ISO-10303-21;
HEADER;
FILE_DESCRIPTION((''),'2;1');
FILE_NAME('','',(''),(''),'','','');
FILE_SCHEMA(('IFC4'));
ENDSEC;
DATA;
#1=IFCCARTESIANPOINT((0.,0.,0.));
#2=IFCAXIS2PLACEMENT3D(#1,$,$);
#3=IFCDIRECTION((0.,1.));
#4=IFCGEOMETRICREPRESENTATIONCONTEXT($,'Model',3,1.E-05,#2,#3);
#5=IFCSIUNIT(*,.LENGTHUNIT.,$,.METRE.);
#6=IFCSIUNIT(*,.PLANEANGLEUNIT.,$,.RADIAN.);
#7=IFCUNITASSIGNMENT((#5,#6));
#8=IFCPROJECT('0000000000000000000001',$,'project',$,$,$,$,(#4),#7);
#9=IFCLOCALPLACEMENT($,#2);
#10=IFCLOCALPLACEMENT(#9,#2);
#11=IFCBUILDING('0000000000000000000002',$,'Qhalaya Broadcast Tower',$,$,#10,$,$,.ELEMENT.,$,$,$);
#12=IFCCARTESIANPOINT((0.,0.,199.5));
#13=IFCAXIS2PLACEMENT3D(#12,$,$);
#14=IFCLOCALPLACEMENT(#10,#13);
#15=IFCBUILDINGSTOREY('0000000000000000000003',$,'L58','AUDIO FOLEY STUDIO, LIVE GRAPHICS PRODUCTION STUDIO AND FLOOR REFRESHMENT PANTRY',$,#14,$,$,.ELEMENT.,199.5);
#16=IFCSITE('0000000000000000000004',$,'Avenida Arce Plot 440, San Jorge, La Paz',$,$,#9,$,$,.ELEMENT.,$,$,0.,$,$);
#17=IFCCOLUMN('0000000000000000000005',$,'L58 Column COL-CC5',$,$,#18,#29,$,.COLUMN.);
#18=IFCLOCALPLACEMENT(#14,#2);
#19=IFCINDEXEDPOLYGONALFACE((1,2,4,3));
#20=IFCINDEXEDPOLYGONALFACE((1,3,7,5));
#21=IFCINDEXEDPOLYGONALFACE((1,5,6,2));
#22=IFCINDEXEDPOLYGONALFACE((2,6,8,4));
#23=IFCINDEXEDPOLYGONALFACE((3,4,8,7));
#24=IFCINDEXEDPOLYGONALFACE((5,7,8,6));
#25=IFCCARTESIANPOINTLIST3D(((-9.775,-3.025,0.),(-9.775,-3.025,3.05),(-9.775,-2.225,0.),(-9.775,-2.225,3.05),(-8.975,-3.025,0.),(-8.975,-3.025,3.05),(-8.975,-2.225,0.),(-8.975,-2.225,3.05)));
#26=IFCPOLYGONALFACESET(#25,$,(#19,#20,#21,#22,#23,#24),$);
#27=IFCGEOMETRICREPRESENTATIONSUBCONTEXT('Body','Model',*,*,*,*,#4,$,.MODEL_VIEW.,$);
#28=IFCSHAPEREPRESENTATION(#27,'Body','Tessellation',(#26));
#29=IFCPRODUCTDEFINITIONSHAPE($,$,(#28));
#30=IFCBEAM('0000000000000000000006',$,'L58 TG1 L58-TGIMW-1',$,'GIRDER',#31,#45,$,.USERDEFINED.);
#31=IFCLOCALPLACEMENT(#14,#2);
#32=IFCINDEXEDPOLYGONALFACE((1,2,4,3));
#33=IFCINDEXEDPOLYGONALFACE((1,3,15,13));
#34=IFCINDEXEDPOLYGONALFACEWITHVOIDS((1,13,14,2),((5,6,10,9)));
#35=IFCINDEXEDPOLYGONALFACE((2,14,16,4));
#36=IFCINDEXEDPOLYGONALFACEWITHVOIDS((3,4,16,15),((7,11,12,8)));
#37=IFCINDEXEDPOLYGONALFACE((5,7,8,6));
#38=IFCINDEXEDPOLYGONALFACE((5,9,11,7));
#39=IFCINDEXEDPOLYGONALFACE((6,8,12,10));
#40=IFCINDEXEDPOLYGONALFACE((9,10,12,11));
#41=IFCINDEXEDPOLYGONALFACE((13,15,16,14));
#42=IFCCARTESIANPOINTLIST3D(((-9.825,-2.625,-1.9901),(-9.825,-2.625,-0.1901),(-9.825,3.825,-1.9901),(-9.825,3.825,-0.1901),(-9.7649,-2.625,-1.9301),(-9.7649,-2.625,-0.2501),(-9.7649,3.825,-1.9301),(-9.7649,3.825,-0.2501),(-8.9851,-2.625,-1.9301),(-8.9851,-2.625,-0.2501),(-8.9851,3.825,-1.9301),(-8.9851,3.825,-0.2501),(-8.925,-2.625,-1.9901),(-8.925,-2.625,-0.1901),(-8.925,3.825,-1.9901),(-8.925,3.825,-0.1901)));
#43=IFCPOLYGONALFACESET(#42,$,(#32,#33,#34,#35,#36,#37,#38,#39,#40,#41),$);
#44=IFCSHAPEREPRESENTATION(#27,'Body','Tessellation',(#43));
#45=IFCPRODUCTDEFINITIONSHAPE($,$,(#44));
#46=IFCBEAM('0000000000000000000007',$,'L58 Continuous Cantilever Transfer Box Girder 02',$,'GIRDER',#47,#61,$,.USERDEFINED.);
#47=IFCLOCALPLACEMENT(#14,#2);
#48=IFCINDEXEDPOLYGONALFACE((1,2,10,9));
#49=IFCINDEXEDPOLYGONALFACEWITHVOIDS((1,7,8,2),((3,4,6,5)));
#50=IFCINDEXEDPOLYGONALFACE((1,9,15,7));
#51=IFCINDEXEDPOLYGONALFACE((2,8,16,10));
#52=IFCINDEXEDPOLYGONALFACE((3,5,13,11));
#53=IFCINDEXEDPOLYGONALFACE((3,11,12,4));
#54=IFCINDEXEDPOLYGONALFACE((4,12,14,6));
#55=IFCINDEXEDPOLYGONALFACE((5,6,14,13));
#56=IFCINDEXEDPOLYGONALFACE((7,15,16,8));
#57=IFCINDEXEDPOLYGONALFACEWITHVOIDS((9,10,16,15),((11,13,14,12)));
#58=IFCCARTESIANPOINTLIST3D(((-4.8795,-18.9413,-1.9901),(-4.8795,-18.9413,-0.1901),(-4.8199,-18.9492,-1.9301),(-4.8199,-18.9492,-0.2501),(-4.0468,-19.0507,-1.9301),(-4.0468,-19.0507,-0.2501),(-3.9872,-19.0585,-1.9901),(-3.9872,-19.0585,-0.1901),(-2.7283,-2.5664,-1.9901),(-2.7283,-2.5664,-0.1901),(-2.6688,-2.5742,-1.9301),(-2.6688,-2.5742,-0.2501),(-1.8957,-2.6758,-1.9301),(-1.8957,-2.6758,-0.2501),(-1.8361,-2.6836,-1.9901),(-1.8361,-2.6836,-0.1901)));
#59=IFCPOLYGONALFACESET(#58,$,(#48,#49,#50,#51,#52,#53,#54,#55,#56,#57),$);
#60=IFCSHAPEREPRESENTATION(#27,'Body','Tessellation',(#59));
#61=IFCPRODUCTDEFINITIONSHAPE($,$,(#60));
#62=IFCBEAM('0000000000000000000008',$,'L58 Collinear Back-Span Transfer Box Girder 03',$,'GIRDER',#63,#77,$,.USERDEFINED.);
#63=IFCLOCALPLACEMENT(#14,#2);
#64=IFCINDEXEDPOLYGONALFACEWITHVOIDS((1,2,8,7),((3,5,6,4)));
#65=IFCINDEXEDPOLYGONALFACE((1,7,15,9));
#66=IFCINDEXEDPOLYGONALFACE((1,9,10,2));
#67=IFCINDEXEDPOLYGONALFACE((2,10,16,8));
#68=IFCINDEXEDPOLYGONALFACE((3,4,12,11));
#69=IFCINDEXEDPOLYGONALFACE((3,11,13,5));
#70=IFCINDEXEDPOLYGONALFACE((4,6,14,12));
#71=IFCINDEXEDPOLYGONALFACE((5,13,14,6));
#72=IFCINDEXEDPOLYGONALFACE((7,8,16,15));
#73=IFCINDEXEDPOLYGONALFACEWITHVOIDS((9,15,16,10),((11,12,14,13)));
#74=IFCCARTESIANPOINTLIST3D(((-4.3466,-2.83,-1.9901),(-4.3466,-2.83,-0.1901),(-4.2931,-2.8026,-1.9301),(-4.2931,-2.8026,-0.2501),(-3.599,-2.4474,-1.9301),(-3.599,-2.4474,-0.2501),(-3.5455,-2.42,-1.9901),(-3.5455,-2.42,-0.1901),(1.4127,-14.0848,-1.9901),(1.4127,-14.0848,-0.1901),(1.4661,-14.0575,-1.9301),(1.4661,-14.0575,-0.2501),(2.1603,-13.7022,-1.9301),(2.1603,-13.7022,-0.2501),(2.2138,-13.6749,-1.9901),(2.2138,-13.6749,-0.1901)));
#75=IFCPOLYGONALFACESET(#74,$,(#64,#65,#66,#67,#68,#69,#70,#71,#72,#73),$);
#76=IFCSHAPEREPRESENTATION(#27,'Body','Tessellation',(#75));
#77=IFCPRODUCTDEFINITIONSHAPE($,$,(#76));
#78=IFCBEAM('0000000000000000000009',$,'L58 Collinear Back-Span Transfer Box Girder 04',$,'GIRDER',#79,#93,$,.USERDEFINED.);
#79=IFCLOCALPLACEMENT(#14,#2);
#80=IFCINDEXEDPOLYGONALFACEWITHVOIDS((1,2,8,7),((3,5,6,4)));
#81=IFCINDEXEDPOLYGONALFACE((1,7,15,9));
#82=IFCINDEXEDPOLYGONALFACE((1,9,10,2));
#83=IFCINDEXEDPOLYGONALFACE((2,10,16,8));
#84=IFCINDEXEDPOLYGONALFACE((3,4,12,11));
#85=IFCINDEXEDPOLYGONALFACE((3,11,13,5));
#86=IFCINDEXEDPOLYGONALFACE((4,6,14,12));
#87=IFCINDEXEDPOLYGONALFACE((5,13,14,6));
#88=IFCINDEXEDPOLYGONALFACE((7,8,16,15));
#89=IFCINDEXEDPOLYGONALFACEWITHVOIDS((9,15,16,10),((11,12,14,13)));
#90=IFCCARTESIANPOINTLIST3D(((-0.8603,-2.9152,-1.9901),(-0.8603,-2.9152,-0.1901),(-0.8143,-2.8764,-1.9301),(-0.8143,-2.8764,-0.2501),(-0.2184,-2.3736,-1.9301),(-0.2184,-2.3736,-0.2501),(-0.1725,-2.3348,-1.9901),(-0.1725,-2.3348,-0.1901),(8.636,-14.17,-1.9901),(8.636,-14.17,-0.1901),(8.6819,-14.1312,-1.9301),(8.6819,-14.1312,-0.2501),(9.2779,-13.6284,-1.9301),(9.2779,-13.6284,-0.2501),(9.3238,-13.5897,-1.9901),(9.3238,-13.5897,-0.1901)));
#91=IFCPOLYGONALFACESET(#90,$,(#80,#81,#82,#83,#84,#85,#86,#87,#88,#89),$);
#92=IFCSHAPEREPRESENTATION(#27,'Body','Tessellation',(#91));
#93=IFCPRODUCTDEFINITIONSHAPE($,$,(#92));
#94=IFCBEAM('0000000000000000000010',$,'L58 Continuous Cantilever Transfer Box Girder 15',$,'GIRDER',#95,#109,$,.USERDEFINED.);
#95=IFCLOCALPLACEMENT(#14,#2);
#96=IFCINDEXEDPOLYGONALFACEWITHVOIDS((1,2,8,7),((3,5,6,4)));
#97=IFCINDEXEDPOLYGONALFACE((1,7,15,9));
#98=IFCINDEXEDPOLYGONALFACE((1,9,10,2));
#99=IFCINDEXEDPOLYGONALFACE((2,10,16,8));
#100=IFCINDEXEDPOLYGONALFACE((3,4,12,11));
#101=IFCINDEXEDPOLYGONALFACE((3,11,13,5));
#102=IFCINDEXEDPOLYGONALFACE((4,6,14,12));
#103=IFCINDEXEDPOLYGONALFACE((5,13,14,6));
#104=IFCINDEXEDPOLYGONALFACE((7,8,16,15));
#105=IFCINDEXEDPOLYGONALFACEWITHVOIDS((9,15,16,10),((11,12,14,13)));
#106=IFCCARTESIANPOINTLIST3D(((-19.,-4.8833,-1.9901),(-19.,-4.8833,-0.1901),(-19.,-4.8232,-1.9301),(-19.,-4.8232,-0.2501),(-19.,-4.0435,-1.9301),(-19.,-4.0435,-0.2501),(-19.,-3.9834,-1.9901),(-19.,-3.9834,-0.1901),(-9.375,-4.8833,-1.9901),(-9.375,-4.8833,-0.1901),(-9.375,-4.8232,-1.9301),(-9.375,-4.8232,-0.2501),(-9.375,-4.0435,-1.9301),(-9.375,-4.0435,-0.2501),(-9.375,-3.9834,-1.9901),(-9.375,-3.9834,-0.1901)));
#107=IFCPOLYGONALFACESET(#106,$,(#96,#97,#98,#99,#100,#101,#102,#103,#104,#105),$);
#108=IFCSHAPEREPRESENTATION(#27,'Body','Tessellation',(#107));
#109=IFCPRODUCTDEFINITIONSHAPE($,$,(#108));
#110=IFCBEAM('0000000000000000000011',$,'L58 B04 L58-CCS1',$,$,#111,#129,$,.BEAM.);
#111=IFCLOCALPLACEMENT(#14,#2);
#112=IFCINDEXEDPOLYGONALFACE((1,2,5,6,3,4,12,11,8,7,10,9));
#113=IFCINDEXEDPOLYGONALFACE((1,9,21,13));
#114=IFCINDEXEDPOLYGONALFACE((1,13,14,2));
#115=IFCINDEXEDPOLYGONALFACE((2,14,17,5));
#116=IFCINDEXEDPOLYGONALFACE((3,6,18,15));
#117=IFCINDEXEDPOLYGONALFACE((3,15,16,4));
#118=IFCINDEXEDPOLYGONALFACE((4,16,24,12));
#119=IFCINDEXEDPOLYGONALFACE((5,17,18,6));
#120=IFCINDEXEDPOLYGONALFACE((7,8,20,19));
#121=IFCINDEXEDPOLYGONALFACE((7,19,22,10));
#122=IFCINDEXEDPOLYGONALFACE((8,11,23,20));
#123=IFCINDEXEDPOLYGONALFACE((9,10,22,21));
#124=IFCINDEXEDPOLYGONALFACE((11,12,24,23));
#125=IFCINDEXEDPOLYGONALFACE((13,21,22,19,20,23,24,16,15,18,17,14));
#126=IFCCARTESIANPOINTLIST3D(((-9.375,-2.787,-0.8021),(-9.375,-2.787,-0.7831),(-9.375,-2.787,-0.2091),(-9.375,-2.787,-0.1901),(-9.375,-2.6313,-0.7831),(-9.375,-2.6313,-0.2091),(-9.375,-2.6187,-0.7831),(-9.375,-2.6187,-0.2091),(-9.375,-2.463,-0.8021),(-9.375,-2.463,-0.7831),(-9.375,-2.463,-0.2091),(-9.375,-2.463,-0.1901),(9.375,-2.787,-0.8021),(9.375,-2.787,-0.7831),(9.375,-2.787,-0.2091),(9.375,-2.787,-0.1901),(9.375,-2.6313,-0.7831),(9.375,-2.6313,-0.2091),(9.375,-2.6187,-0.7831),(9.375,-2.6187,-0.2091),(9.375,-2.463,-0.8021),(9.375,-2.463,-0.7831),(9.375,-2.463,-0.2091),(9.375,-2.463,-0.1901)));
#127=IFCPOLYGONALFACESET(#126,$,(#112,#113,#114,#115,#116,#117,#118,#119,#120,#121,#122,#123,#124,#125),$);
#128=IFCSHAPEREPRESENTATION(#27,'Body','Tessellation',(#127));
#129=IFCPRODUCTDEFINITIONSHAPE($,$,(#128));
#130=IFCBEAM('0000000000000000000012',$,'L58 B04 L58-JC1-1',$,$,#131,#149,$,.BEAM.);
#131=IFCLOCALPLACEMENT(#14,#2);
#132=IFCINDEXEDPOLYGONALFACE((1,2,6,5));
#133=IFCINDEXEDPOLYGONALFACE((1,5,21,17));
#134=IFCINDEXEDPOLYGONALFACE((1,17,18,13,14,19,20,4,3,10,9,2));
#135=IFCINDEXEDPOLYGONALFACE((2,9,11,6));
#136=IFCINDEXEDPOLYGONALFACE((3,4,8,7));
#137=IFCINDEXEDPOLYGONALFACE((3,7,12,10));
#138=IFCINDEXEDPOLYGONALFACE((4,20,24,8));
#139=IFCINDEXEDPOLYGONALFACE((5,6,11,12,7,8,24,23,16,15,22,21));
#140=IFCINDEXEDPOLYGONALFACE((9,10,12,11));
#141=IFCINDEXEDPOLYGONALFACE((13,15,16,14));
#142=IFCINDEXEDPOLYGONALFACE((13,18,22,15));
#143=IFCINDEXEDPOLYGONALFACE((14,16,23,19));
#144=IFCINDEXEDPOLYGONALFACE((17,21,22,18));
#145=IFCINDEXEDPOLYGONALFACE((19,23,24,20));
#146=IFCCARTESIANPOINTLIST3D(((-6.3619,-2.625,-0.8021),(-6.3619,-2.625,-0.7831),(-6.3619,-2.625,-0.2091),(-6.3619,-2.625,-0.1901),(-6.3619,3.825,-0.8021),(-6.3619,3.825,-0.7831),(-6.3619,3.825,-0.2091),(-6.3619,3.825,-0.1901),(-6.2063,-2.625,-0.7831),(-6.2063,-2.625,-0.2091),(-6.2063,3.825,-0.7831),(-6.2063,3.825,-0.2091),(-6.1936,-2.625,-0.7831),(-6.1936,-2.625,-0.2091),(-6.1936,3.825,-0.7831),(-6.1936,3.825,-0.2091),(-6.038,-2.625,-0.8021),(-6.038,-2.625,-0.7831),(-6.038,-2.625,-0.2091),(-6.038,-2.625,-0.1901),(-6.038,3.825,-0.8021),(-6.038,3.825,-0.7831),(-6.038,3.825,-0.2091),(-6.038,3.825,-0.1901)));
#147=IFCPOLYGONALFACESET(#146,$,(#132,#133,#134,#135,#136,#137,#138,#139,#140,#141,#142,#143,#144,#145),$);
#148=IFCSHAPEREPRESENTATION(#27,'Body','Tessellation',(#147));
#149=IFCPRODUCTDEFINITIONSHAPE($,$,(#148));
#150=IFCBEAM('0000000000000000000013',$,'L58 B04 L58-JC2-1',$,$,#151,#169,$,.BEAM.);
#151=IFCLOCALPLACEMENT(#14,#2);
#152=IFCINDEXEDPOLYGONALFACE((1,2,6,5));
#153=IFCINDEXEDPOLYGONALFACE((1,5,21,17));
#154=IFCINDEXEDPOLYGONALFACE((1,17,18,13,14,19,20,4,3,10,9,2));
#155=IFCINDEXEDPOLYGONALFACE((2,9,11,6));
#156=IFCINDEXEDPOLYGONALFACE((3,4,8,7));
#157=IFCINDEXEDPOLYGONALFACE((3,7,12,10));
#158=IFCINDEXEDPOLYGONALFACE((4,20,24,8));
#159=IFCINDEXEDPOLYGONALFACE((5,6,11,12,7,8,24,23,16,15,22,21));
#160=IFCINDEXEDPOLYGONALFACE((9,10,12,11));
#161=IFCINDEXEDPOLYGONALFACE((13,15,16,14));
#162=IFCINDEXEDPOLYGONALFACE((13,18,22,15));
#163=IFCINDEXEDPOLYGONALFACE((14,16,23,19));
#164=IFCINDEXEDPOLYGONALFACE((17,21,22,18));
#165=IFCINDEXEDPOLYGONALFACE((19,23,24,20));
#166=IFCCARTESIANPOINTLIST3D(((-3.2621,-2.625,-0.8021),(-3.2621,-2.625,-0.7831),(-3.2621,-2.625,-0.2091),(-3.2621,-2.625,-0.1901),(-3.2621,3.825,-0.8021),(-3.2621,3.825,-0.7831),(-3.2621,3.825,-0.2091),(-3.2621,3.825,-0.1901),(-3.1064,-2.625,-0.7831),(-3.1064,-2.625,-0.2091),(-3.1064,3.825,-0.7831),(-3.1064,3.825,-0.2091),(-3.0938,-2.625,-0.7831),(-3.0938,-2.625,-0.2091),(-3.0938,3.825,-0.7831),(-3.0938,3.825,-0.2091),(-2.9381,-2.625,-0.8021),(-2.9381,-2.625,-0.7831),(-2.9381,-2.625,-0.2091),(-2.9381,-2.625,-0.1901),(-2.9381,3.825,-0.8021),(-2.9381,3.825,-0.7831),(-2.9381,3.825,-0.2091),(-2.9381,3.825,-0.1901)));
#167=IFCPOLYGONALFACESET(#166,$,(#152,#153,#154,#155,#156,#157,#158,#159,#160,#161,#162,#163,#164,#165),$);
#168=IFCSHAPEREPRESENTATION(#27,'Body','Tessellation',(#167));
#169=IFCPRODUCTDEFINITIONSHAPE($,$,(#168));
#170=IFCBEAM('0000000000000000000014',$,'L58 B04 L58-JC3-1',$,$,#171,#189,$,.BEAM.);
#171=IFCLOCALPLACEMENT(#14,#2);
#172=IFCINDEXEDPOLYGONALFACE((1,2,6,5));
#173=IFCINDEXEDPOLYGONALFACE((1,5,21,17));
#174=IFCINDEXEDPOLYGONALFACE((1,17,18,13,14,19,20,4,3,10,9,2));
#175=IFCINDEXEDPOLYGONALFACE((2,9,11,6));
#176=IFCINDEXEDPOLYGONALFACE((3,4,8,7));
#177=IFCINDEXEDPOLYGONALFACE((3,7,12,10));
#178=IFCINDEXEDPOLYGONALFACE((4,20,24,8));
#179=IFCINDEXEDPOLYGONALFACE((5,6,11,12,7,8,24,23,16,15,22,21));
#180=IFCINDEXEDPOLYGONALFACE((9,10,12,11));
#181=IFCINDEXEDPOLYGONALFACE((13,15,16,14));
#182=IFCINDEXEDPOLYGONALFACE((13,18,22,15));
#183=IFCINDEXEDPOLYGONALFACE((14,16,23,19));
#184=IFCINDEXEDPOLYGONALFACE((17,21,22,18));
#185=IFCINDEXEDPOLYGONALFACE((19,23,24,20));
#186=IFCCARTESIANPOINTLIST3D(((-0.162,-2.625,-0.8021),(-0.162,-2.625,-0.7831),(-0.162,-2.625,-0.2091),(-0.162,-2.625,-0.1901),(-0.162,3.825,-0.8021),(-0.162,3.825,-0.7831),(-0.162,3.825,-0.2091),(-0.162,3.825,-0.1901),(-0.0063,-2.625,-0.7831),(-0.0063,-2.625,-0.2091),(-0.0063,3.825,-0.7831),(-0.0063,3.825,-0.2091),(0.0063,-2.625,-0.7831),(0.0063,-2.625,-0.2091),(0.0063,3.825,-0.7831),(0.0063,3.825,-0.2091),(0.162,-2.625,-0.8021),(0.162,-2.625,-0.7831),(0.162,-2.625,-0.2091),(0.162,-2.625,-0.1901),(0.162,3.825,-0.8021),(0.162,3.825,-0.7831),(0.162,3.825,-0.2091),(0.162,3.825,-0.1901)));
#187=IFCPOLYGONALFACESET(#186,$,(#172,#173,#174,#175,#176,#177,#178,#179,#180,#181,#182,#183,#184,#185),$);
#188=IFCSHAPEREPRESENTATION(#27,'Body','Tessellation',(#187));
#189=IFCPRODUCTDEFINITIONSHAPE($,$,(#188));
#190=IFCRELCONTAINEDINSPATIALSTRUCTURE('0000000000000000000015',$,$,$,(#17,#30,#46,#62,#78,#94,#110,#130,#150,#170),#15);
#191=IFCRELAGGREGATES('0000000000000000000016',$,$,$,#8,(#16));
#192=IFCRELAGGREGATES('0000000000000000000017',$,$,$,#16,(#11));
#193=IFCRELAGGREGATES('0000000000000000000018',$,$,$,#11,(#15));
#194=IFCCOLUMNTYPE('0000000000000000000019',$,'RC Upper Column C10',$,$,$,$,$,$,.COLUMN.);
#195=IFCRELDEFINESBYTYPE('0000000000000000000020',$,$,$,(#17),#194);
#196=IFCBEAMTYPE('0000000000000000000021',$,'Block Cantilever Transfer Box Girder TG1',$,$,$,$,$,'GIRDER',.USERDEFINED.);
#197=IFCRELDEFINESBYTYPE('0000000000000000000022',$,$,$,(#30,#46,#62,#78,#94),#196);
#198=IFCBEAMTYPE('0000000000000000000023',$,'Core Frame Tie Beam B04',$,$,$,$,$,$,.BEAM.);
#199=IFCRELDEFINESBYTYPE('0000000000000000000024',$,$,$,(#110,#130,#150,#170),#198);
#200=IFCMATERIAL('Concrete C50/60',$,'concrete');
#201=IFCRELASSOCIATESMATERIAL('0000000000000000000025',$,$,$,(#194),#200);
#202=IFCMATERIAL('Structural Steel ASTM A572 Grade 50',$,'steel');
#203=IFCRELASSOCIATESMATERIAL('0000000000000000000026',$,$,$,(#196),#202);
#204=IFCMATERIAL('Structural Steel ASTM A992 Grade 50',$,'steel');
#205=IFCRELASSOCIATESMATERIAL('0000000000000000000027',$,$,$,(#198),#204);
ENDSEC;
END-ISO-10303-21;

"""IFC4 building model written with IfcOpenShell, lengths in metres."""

from ifc_helpers import new_model, si_unit, direction, frame, origin, origin_2d, place, context, subcontext, project, spatial, rectangle, hollow_rectangle, i_section, extrude, material, material_profile, profile_set, type_object, element, save


model = new_model("IFC4")

# Units and contexts
model_context = context("Model", 3, precision=1e-05, world=origin(), true_north=direction((0.0, 1.0)))
body_context = subcontext(model_context, "Body", "Model", "MODEL_VIEW")
ifc_project = project(units=[si_unit("LENGTHUNIT", "METRE"), si_unit("PLANEANGLEUNIT", "RADIAN")], contexts=[model_context])

# Site, building, storey
site_placement = place(None, origin())
site = spatial("IfcSite", under=ifc_project, at=site_placement, Name="Avenida Arce Plot 440, San Jorge, La Paz", CompositionType="ELEMENT", RefElevation=0.0)
building_placement = place(site_placement, origin())
building = spatial("IfcBuilding", under=site, at=building_placement, Name="Qhalaya Broadcast Tower", CompositionType="ELEMENT")
storey_placement = place(building_placement, frame((0.0, 0.0, 199.5)))
storey = spatial("IfcBuildingStorey", under=building, at=storey_placement, Name="L58", Description="AUDIO FOLEY STUDIO, LIVE GRAPHICS PRODUCTION STUDIO AND FLOOR REFRESHMENT PANTRY", CompositionType="ELEMENT", Elevation=199.5)

# Column
ifc_material_1 = material(Name="Concrete C50/60", Category="concrete")
ifc_material_profile_1 = material_profile(ifc_material_1, rectangle(XDim=0.8, YDim=0.8, at=origin_2d()), Name="RC-COL 800x800")
ifc_profile_set_1 = profile_set([ifc_material_profile_1], Name="Concrete C50/60")
column_type = type_object("IfcColumnType", Name="RC Upper Column C10", PredefinedType="COLUMN", material=ifc_profile_set_1)
column_placement = place(storey_placement, frame((-9.375, -2.625, 0.0), z_axis=(0.0, 0.0, 1.0), x_axis=(1.0, 0.0, 0.0)))
element("IfcColumn", 1, at=column_placement, inside=storey, type_object=column_type, Name="L58 Column COL-CC5", PredefinedType="COLUMN", context=body_context, shape_type="SweptSolid", body=[
    extrude(rectangle(XDim=0.8, YDim=0.8, at=origin_2d()), origin(), (0.0, 0.0, 1.0), 3.05),
])

# Beams
ifc_material_2 = material(Name="Structural Steel ASTM A572 Grade 50", Category="steel")
ifc_material_profile_2 = material_profile(ifc_material_2, hollow_rectangle(XDim=0.8999, YDim=1.8, WallThickness=0.0601, at=origin_2d()), Name="BOX 900x1800x60")
ifc_profile_set_2 = profile_set([ifc_material_profile_2], Name="Structural Steel ASTM A572 Grade 50")
beam_type_1 = type_object("IfcBeamType", Name="Block Cantilever Transfer Box Girder TG1", ElementType="GIRDER", PredefinedType="USERDEFINED", material=ifc_profile_set_2)
beam_1_placement = place(storey_placement, frame((-9.375, -2.625, -1.0901), z_axis=(0.0, 1.0, 0.0), x_axis=(-1.0, 0.0, 0.0)))
element("IfcBeam", 2, at=beam_1_placement, inside=storey, type_object=beam_type_1, Name="L58 TG1 L58-TGIMW-1", ObjectType="GIRDER", PredefinedType="USERDEFINED", context=body_context, shape_type="SweptSolid", body=[
    extrude(hollow_rectangle(XDim=0.8999, YDim=1.8, WallThickness=0.0601, at=origin_2d()), origin(), (0.0, 0.0, 1.0), 6.45),
])
beam_2_placement = place(storey_placement, frame((-2.2822, -2.625, -1.0901), z_axis=(-0.130247, -0.991482, 0.0), x_axis=(0.991482, -0.130247, 0.0)))
element("IfcBeam", 3, at=beam_2_placement, inside=storey, type_object=beam_type_1, Name="L58 Continuous Cantilever Transfer Box Girder 02", ObjectType="GIRDER", PredefinedType="USERDEFINED", context=body_context, shape_type="SweptSolid", body=[
    extrude(hollow_rectangle(XDim=0.8999, YDim=1.8, WallThickness=0.0601, at=origin_2d()), origin(), (0.0, 0.0, 1.0), 16.5156),
])
beam_3_placement = place(storey_placement, frame((-3.946, -2.625, -1.0901), z_axis=(0.455536, -0.890217, 0.0), x_axis=(0.890217, 0.455536, 0.0)))
element("IfcBeam", 4, at=beam_3_placement, inside=storey, type_object=beam_type_1, Name="L58 Collinear Back-Span Transfer Box Girder 03", ObjectType="GIRDER", PredefinedType="USERDEFINED", context=body_context, shape_type="SweptSolid", body=[
    extrude(hollow_rectangle(XDim=0.8999, YDim=1.8, WallThickness=0.0601, at=origin_2d()), origin(), (0.0, 0.0, 1.0), 12.6428),
])
beam_4_placement = place(storey_placement, frame((-0.5164, -2.625, -1.0901), z_axis=(0.644872, -0.76429, 0.0), x_axis=(0.76429, 0.644872, 0.0)))
element("IfcBeam", 5, at=beam_4_placement, inside=storey, type_object=beam_type_1, Name="L58 Collinear Back-Span Transfer Box Girder 04", ObjectType="GIRDER", PredefinedType="USERDEFINED", context=body_context, shape_type="SweptSolid", body=[
    extrude(hollow_rectangle(XDim=0.8999, YDim=1.8, WallThickness=0.0601, at=origin_2d()), origin(), (0.0, 0.0, 1.0), 14.7258),
])
beam_5_placement = place(storey_placement, frame((-9.375, -4.4333, -1.0901), z_axis=(-1.0, 0.0, 0.0), x_axis=(0.0, -1.0, 0.0)))
element("IfcBeam", 6, at=beam_5_placement, inside=storey, type_object=beam_type_1, Name="L58 Continuous Cantilever Transfer Box Girder 15", ObjectType="GIRDER", PredefinedType="USERDEFINED", context=body_context, shape_type="SweptSolid", body=[
    extrude(hollow_rectangle(XDim=0.8999, YDim=1.8, WallThickness=0.0601, at=origin_2d()), origin(), (0.0, 0.0, 1.0), 9.625),
])
ifc_material_3 = material(Name="Structural Steel ASTM A992 Grade 50", Category="steel")
ifc_material_profile_3 = material_profile(ifc_material_3, i_section(OverallWidth=0.324, OverallDepth=0.6121, WebThickness=0.0127, FlangeThickness=0.019, at=origin_2d()), Name="W24X104")
ifc_profile_set_3 = profile_set([ifc_material_profile_3], Name="Structural Steel ASTM A992 Grade 50")
beam_type_2 = type_object("IfcBeamType", Name="Core Frame Tie Beam B04", PredefinedType="BEAM", material=ifc_profile_set_3)
beam_6_placement = place(storey_placement, frame((-9.375, -2.625, -0.4961), z_axis=(1.0, 0.0, 0.0), x_axis=(0.0, 1.0, 0.0)))
element("IfcBeam", 7, at=beam_6_placement, inside=storey, type_object=beam_type_2, Name="L58 B04 L58-CCS1", PredefinedType="BEAM", context=body_context, shape_type="SweptSolid", body=[
    extrude(i_section(OverallWidth=0.324, OverallDepth=0.6121, WebThickness=0.0127, FlangeThickness=0.019, at=origin_2d()), origin(), (0.0, 0.0, 1.0), 18.75),
])
for number, where, z_axis, x_axis, name in (
    (8, (-6.2, -2.625, -0.4961), (0.0, 1.0, 0.0), (-1.0, 0.0, 0.0), "L58 B04 L58-JC1-1"),
    (9, (-3.1001, -2.625, -0.4961), (0.0, 1.0, 0.0), (-1.0, 0.0, 0.0), "L58 B04 L58-JC2-1"),
    (10, (0.0, -2.625, -0.4961), (0.0, 1.0, 0.0), (-1.0, 0.0, 0.0), "L58 B04 L58-JC3-1"),
):
    element("IfcBeam", number, at=place(storey_placement, frame(where, z_axis=z_axis, x_axis=x_axis)), inside=storey, type_object=beam_type_2, Name=name, PredefinedType="BEAM", context=body_context, shape_type="SweptSolid", body=[
        extrude(i_section(OverallWidth=0.324, OverallDepth=0.6121, WebThickness=0.0127, FlangeThickness=0.019, at=origin_2d()), origin(), (0.0, 0.0, 1.0), 6.45),
    ])

save(model, "model.ifc")
